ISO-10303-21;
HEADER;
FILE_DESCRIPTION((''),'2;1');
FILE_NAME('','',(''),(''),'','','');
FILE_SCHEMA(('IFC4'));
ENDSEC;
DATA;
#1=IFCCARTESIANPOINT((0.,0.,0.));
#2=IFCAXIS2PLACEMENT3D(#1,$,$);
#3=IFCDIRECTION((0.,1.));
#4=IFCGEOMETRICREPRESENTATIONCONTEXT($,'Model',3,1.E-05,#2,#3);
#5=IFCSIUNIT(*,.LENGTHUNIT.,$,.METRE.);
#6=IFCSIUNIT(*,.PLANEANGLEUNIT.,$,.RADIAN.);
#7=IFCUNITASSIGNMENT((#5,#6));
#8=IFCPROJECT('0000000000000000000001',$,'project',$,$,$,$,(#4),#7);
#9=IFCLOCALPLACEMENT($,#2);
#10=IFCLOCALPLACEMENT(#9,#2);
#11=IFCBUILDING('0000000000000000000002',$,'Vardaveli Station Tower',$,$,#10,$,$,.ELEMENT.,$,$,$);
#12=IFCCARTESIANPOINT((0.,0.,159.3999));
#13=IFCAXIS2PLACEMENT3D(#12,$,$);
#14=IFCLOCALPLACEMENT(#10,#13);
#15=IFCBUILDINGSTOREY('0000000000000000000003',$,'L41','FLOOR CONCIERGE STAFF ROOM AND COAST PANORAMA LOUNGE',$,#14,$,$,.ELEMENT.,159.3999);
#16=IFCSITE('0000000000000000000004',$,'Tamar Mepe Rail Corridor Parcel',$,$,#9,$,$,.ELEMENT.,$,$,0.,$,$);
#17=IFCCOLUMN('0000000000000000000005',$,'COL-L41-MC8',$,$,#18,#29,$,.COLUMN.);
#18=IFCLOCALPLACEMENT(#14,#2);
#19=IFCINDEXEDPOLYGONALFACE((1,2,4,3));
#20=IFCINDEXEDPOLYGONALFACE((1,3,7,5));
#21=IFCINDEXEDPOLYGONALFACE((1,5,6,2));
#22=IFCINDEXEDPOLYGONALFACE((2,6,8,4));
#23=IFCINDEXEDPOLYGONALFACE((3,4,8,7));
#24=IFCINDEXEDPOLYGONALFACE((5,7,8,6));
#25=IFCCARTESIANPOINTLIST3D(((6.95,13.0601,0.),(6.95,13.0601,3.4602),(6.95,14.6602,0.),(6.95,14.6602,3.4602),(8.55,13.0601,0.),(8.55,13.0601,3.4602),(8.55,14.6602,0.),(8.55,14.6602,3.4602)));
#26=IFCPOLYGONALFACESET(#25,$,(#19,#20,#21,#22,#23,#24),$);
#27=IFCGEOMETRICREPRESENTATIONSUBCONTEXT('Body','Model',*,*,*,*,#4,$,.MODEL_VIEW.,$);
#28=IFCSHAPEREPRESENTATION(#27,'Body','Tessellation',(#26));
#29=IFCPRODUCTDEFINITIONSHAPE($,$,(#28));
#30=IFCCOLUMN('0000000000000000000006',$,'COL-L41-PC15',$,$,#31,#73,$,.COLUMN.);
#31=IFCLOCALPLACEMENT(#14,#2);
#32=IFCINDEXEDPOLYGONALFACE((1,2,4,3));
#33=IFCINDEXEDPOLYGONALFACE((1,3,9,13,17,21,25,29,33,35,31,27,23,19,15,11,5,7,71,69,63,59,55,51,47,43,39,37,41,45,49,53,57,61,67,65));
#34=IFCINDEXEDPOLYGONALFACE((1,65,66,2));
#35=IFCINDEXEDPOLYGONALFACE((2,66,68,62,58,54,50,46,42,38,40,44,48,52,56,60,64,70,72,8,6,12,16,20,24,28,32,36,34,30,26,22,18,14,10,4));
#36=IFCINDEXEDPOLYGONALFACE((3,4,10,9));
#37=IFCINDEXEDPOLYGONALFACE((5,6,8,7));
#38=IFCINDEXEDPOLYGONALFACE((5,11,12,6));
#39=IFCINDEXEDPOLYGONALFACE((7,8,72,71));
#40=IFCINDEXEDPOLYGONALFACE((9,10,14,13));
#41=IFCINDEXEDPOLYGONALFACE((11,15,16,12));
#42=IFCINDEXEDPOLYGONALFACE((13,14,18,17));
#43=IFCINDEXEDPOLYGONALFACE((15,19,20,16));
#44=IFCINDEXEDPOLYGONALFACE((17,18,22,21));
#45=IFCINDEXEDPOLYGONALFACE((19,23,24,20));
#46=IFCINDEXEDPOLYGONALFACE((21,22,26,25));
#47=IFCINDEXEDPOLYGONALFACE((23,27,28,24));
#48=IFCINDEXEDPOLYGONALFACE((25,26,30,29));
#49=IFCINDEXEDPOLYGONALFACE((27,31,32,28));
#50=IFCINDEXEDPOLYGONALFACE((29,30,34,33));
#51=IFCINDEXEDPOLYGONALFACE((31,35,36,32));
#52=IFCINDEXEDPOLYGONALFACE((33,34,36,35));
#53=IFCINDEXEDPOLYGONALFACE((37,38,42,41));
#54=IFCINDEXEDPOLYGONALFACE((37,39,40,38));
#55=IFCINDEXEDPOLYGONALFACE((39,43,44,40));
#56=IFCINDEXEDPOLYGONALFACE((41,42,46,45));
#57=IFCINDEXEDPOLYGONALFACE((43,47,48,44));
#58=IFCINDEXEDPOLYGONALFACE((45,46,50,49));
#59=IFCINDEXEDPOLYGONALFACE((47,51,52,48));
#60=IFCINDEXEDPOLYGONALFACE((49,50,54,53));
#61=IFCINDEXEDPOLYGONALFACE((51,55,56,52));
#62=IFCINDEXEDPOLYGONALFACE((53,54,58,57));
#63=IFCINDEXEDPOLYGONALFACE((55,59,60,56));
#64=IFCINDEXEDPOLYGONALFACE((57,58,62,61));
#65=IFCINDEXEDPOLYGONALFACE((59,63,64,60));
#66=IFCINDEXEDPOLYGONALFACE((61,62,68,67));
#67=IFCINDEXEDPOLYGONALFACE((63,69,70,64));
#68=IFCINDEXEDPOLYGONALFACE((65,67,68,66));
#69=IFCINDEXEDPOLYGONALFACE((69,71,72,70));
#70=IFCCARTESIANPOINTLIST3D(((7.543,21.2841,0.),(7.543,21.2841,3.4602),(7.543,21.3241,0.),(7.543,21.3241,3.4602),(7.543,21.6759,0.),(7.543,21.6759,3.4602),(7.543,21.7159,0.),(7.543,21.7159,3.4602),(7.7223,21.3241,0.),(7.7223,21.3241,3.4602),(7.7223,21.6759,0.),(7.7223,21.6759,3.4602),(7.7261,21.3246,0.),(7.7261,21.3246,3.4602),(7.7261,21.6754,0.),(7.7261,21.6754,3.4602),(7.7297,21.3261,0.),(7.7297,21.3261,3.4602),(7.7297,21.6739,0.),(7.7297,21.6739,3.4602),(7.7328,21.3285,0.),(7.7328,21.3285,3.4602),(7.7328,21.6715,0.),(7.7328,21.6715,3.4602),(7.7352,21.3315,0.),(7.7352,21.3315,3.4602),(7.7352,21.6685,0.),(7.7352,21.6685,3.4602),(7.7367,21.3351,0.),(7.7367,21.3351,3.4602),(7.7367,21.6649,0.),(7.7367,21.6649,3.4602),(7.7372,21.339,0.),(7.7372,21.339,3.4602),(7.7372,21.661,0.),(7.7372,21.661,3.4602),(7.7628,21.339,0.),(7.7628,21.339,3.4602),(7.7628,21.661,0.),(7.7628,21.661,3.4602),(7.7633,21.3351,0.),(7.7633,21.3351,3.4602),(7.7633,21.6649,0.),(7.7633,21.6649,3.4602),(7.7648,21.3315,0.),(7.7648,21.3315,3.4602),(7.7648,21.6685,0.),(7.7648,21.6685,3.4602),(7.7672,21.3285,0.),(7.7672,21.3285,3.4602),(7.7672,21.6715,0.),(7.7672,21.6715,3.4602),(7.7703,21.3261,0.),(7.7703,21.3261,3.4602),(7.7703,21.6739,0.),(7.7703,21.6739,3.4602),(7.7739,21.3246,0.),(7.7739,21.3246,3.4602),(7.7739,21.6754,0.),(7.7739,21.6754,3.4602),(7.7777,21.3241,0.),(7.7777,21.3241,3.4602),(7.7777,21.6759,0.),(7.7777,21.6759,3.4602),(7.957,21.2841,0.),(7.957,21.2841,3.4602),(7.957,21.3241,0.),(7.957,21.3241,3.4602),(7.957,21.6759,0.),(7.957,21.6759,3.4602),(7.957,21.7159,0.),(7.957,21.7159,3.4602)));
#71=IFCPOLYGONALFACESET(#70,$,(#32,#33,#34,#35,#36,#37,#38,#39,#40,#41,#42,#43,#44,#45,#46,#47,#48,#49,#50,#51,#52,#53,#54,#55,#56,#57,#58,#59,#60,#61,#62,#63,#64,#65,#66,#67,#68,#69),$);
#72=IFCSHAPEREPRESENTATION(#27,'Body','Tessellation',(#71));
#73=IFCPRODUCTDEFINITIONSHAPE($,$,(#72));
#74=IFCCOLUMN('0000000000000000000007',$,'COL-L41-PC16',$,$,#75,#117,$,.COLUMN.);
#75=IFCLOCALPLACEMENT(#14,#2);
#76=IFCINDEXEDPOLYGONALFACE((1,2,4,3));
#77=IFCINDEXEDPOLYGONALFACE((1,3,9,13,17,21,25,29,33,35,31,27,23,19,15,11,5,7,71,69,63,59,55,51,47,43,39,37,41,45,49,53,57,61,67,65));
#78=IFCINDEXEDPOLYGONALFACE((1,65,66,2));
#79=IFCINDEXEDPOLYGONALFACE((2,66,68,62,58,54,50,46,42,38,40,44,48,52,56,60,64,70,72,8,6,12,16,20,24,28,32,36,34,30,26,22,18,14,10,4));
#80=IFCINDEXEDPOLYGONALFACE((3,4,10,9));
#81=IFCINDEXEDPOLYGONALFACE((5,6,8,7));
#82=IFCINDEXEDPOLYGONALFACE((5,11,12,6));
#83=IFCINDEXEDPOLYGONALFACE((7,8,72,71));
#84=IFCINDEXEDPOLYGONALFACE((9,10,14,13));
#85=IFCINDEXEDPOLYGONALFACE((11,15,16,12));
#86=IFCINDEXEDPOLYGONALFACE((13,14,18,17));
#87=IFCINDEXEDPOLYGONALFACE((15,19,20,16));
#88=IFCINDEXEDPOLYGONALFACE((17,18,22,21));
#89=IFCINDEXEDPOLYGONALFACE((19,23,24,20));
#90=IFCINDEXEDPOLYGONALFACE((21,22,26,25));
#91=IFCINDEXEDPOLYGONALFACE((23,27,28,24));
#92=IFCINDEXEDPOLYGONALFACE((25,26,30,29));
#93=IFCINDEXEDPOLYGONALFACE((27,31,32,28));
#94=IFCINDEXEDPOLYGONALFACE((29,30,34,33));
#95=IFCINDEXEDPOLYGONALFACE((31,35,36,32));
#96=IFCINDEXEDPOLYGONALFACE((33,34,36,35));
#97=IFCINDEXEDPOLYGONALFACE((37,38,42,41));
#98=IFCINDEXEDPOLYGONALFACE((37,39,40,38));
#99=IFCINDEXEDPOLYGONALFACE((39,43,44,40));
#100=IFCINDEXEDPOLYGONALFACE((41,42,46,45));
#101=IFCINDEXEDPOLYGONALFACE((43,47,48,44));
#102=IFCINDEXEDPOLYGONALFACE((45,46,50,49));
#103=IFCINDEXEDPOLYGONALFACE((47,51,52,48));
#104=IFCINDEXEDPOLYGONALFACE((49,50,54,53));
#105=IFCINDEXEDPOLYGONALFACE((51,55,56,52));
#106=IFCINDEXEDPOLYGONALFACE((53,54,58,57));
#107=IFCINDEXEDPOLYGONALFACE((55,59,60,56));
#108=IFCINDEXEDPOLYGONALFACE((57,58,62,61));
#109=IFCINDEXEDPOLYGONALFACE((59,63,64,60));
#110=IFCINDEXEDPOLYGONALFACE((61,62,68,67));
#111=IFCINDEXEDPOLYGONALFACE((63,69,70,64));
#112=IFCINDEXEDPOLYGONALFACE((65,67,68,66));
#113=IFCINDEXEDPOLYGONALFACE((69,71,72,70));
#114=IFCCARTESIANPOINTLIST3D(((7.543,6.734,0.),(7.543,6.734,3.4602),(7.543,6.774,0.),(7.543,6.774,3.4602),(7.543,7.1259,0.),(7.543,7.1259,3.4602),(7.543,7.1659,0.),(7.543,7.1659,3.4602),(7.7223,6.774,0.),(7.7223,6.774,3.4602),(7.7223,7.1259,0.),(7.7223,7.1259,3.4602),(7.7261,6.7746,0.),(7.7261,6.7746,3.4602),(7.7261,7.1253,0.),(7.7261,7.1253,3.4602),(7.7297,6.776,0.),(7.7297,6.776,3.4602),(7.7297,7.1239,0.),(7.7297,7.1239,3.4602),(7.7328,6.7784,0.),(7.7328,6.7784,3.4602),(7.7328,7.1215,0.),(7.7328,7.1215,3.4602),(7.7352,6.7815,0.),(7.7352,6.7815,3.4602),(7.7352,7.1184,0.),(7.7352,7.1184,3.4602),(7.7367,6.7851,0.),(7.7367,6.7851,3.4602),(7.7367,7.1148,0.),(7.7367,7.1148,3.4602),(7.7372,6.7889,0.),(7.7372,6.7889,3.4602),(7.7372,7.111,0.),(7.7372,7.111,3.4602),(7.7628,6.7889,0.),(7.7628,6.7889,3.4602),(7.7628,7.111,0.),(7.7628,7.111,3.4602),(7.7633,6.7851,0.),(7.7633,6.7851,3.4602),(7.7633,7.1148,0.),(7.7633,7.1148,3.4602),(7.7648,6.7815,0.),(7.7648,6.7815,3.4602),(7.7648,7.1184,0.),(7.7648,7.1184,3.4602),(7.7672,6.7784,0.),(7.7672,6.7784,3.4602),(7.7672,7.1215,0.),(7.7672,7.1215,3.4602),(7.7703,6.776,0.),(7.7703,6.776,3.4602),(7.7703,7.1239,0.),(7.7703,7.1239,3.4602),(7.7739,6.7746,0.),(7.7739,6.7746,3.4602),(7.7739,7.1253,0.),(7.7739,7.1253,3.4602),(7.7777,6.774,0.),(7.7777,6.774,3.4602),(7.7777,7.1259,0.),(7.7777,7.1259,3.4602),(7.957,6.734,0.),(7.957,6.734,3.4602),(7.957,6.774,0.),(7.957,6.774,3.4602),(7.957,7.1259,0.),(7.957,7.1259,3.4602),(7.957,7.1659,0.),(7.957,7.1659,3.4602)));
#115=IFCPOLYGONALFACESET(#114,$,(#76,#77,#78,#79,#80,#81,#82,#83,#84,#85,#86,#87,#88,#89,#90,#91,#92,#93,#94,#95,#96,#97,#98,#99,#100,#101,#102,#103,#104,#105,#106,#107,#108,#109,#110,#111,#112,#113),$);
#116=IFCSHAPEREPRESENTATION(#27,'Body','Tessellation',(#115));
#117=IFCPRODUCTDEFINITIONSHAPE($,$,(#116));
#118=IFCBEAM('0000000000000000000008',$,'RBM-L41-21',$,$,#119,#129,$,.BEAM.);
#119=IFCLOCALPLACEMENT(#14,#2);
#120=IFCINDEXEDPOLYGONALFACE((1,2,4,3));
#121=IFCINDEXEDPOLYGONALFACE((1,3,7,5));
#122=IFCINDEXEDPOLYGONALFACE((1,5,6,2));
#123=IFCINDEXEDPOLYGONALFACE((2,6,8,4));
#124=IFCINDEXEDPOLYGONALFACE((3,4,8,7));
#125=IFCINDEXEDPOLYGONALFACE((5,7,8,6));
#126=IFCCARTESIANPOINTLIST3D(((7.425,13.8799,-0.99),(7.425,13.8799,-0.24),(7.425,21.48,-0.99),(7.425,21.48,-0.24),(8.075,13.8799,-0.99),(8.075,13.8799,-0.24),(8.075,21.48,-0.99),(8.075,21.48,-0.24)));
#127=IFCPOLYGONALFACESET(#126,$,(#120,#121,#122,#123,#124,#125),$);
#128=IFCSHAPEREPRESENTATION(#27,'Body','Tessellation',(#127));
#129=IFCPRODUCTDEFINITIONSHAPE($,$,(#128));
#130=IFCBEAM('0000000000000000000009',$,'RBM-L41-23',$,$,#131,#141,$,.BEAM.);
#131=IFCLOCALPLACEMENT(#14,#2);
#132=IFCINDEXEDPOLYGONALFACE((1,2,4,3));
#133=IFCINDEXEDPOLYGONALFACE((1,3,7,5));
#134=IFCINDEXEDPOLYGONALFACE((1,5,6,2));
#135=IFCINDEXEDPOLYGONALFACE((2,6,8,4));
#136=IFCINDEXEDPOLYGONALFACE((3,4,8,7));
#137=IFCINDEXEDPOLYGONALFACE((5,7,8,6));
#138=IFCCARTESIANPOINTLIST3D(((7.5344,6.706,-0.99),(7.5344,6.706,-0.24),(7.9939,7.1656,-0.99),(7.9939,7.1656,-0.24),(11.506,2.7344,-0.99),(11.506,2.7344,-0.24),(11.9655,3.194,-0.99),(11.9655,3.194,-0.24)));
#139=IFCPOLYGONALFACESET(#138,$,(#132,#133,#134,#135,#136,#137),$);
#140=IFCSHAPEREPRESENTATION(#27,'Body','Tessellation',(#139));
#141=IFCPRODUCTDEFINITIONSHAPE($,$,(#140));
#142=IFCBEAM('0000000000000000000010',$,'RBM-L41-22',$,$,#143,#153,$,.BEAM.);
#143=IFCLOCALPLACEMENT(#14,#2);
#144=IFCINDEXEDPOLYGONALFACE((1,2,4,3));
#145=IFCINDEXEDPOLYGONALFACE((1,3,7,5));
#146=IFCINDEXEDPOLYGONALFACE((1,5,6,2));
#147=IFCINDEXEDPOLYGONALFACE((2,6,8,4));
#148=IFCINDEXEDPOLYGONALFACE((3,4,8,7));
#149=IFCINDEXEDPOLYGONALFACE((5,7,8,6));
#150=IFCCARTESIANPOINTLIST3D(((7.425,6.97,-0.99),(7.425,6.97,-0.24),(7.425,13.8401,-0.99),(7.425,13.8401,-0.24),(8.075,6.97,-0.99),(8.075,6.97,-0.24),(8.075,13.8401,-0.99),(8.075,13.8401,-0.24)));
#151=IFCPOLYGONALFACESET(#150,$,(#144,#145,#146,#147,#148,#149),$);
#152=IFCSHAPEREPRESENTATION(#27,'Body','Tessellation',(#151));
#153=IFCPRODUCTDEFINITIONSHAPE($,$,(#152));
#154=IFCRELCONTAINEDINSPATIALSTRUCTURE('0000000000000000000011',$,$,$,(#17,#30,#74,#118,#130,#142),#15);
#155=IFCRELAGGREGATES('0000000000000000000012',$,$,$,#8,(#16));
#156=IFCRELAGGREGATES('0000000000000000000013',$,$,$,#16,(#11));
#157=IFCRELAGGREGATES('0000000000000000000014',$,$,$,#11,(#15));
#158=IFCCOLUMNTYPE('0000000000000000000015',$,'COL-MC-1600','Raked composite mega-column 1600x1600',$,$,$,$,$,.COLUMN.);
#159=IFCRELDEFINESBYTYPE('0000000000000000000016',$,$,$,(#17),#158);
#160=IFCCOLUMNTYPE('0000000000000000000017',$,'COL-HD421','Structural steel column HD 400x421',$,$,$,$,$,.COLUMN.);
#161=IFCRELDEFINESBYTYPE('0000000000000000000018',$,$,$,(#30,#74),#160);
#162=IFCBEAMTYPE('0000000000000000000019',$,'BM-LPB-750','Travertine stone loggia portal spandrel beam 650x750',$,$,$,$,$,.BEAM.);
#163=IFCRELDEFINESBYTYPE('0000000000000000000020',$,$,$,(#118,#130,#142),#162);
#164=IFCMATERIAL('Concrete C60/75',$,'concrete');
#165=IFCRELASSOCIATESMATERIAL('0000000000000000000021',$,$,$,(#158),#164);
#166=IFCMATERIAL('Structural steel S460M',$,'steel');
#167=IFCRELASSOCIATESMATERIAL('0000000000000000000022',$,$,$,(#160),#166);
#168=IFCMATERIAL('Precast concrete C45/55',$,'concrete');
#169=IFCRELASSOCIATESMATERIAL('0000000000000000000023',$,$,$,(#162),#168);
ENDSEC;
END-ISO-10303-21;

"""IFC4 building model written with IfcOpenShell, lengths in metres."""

from ifc_helpers import new_model, si_unit, direction, frame, origin, origin_2d, place, context, subcontext, project, spatial, rectangle, i_section, extrude, source, transform, mapped, material, material_profile, profile_set, type_object, element, save


model = new_model("IFC4")

# Units and contexts
model_context = context("Model", 3, precision=1e-05, world=origin(), true_north=direction((0.0, 1.0)))
body_context = subcontext(model_context, "Body", "Model", "MODEL_VIEW")
ifc_project = project(units=[si_unit("LENGTHUNIT", "METRE"), si_unit("PLANEANGLEUNIT", "RADIAN")], contexts=[model_context])

# Site, building, storey
site_placement = place(None, origin())
site = spatial("IfcSite", under=ifc_project, at=site_placement, Name="Tamar Mepe Rail Corridor Parcel", CompositionType="ELEMENT", RefElevation=0.0)
building_placement = place(site_placement, origin())
building = spatial("IfcBuilding", under=site, at=building_placement, Name="Vardaveli Station Tower", CompositionType="ELEMENT")
storey_placement = place(building_placement, frame((0.0, 0.0, 159.3999)))
storey = spatial("IfcBuildingStorey", under=building, at=storey_placement, Name="L41", Description="FLOOR CONCIERGE STAFF ROOM AND COAST PANORAMA LOUNGE", CompositionType="ELEMENT", Elevation=159.3999)

# Columns
ifc_material_1 = material(Name="Concrete C60/75", Category="concrete")
ifc_material_profile_1 = material_profile(ifc_material_1, rectangle(XDim=1.6001, YDim=1.6001, at=origin_2d()), Name="MC 1600x1600")
ifc_profile_set_1 = profile_set([ifc_material_profile_1], Name="Concrete C60/75")
column_type_1 = type_object("IfcColumnType", Name="COL-MC-1600", Description="Raked composite mega-column 1600x1600", PredefinedType="COLUMN", material=ifc_profile_set_1)
shared_shape_1 = source(origin(), body_context, "Body", "SweptSolid", [
    extrude(rectangle(XDim=1.6001, YDim=1.6001, at=origin_2d()), origin(), (0.0, 0.0, 1.0), 3.4602),
])
column_placement = place(storey_placement, frame((7.75, 13.8601, 0.0), z_axis=(0.0, 0.0, 1.0), x_axis=(1.0, 0.0, 0.0)))
element("IfcColumn", 1, at=column_placement, inside=storey, type_object=column_type_1, Name="COL-L41-MC8", PredefinedType="COLUMN", context=body_context, shape_type="MappedRepresentation", body=[
    mapped(shared_shape_1, transform((0.0, 0.0, 0.0), scale=1.0)),
])
ifc_material_2 = material(Name="Structural steel S460M", Category="steel")
ifc_material_profile_2 = material_profile(ifc_material_2, i_section(OverallWidth=0.4141, OverallDepth=0.4319, WebThickness=0.0256, FlangeThickness=0.04, FilletRadius=0.0149, at=origin_2d()), Name="HD 400x421")
ifc_profile_set_2 = profile_set([ifc_material_profile_2], Name="Structural steel S460M")
column_type_2 = type_object("IfcColumnType", Name="COL-HD421", Description="Structural steel column HD 400x421", PredefinedType="COLUMN", material=ifc_profile_set_2)
shared_shape_2 = source(origin(), body_context, "Body", "SweptSolid", [
    extrude(i_section(OverallWidth=0.4141, OverallDepth=0.4319, WebThickness=0.0256, FlangeThickness=0.04, FilletRadius=0.0149, at=origin_2d()), origin(), (0.0, 0.0, 1.0), 3.4602),
])
for number, where, z_axis, x_axis, name in (
    (2, (7.75, 21.5, 0.0), (0.0, 0.0, 1.0), (1.0, 0.0, 0.0), "COL-L41-PC15"),
    (3, (7.75, 6.95, 0.0), (0.0, 0.0, 1.0), (1.0, 0.0, 0.0), "COL-L41-PC16"),
):
    element("IfcColumn", number, at=place(storey_placement, frame(where, z_axis=z_axis, x_axis=x_axis)), inside=storey, type_object=column_type_2, Name=name, PredefinedType="COLUMN", context=body_context, shape_type="MappedRepresentation", body=[
        mapped(shared_shape_2, transform((0.0, 0.0, 0.0), scale=1.0)),
    ])

# Beams
ifc_material_3 = material(Name="Precast concrete C45/55", Category="concrete")
ifc_material_profile_3 = material_profile(ifc_material_3, rectangle(XDim=0.6499, YDim=0.75, at=origin_2d()), Name="LPB 650x750")
ifc_profile_set_3 = profile_set([ifc_material_profile_3], Name="Precast concrete C45/55")
beam_type_1 = type_object("IfcBeamType", Name="BM-LPB-750", Description="Travertine stone loggia portal spandrel beam 650x750", PredefinedType="BEAM", material=ifc_profile_set_3)
shared_shape_3 = source(origin(), body_context, "Body", "SweptSolid", [
    extrude(rectangle(XDim=0.6499, YDim=0.75, at=origin_2d()), origin(), (0.0, 0.0, 1.0), 7.6001),
])
beam_1_placement = place(storey_placement, frame((7.75, 21.48, -0.615), z_axis=(0.0, -1.0, 0.0), x_axis=(1.0, 0.0, 0.0)))
element("IfcBeam", 4, at=beam_1_placement, inside=storey, type_object=beam_type_1, Name="RBM-L41-21", PredefinedType="BEAM", context=body_context, shape_type="MappedRepresentation", body=[
    mapped(shared_shape_3, transform((0.0, 0.0, 0.0), scale=1.0)),
])
shared_shape_4 = source(origin(), body_context, "Body", "SweptSolid", [
    extrude(rectangle(XDim=0.6499, YDim=0.75, at=origin_2d()), origin(), (0.0, 0.0, 1.0), 5.6167),
])
beam_2_placement = place(storey_placement, frame((7.7642, 6.9358, -0.615), z_axis=(0.707107, -0.707107, 0.0), x_axis=(0.707107, 0.707107, 0.0)))
element("IfcBeam", 5, at=beam_2_placement, inside=storey, type_object=beam_type_1, Name="RBM-L41-23", PredefinedType="BEAM", context=body_context, shape_type="MappedRepresentation", body=[
    mapped(shared_shape_4, transform((0.0, 0.0, 0.0), scale=1.0)),
])
shared_shape_5 = source(origin(), body_context, "Body", "SweptSolid", [
    extrude(rectangle(XDim=0.6499, YDim=0.75, at=origin_2d()), origin(), (0.0, 0.0, 1.0), 6.8701),
])
beam_3_placement = place(storey_placement, frame((7.75, 13.8401, -0.615), z_axis=(0.0, -1.0, 0.0), x_axis=(1.0, 0.0, 0.0)))
element("IfcBeam", 6, at=beam_3_placement, inside=storey, type_object=beam_type_1, Name="RBM-L41-22", PredefinedType="BEAM", context=body_context, shape_type="MappedRepresentation", body=[
    mapped(shared_shape_5, transform((0.0, 0.0, 0.0), scale=1.0)),
])

save(model, "model.ifc")
